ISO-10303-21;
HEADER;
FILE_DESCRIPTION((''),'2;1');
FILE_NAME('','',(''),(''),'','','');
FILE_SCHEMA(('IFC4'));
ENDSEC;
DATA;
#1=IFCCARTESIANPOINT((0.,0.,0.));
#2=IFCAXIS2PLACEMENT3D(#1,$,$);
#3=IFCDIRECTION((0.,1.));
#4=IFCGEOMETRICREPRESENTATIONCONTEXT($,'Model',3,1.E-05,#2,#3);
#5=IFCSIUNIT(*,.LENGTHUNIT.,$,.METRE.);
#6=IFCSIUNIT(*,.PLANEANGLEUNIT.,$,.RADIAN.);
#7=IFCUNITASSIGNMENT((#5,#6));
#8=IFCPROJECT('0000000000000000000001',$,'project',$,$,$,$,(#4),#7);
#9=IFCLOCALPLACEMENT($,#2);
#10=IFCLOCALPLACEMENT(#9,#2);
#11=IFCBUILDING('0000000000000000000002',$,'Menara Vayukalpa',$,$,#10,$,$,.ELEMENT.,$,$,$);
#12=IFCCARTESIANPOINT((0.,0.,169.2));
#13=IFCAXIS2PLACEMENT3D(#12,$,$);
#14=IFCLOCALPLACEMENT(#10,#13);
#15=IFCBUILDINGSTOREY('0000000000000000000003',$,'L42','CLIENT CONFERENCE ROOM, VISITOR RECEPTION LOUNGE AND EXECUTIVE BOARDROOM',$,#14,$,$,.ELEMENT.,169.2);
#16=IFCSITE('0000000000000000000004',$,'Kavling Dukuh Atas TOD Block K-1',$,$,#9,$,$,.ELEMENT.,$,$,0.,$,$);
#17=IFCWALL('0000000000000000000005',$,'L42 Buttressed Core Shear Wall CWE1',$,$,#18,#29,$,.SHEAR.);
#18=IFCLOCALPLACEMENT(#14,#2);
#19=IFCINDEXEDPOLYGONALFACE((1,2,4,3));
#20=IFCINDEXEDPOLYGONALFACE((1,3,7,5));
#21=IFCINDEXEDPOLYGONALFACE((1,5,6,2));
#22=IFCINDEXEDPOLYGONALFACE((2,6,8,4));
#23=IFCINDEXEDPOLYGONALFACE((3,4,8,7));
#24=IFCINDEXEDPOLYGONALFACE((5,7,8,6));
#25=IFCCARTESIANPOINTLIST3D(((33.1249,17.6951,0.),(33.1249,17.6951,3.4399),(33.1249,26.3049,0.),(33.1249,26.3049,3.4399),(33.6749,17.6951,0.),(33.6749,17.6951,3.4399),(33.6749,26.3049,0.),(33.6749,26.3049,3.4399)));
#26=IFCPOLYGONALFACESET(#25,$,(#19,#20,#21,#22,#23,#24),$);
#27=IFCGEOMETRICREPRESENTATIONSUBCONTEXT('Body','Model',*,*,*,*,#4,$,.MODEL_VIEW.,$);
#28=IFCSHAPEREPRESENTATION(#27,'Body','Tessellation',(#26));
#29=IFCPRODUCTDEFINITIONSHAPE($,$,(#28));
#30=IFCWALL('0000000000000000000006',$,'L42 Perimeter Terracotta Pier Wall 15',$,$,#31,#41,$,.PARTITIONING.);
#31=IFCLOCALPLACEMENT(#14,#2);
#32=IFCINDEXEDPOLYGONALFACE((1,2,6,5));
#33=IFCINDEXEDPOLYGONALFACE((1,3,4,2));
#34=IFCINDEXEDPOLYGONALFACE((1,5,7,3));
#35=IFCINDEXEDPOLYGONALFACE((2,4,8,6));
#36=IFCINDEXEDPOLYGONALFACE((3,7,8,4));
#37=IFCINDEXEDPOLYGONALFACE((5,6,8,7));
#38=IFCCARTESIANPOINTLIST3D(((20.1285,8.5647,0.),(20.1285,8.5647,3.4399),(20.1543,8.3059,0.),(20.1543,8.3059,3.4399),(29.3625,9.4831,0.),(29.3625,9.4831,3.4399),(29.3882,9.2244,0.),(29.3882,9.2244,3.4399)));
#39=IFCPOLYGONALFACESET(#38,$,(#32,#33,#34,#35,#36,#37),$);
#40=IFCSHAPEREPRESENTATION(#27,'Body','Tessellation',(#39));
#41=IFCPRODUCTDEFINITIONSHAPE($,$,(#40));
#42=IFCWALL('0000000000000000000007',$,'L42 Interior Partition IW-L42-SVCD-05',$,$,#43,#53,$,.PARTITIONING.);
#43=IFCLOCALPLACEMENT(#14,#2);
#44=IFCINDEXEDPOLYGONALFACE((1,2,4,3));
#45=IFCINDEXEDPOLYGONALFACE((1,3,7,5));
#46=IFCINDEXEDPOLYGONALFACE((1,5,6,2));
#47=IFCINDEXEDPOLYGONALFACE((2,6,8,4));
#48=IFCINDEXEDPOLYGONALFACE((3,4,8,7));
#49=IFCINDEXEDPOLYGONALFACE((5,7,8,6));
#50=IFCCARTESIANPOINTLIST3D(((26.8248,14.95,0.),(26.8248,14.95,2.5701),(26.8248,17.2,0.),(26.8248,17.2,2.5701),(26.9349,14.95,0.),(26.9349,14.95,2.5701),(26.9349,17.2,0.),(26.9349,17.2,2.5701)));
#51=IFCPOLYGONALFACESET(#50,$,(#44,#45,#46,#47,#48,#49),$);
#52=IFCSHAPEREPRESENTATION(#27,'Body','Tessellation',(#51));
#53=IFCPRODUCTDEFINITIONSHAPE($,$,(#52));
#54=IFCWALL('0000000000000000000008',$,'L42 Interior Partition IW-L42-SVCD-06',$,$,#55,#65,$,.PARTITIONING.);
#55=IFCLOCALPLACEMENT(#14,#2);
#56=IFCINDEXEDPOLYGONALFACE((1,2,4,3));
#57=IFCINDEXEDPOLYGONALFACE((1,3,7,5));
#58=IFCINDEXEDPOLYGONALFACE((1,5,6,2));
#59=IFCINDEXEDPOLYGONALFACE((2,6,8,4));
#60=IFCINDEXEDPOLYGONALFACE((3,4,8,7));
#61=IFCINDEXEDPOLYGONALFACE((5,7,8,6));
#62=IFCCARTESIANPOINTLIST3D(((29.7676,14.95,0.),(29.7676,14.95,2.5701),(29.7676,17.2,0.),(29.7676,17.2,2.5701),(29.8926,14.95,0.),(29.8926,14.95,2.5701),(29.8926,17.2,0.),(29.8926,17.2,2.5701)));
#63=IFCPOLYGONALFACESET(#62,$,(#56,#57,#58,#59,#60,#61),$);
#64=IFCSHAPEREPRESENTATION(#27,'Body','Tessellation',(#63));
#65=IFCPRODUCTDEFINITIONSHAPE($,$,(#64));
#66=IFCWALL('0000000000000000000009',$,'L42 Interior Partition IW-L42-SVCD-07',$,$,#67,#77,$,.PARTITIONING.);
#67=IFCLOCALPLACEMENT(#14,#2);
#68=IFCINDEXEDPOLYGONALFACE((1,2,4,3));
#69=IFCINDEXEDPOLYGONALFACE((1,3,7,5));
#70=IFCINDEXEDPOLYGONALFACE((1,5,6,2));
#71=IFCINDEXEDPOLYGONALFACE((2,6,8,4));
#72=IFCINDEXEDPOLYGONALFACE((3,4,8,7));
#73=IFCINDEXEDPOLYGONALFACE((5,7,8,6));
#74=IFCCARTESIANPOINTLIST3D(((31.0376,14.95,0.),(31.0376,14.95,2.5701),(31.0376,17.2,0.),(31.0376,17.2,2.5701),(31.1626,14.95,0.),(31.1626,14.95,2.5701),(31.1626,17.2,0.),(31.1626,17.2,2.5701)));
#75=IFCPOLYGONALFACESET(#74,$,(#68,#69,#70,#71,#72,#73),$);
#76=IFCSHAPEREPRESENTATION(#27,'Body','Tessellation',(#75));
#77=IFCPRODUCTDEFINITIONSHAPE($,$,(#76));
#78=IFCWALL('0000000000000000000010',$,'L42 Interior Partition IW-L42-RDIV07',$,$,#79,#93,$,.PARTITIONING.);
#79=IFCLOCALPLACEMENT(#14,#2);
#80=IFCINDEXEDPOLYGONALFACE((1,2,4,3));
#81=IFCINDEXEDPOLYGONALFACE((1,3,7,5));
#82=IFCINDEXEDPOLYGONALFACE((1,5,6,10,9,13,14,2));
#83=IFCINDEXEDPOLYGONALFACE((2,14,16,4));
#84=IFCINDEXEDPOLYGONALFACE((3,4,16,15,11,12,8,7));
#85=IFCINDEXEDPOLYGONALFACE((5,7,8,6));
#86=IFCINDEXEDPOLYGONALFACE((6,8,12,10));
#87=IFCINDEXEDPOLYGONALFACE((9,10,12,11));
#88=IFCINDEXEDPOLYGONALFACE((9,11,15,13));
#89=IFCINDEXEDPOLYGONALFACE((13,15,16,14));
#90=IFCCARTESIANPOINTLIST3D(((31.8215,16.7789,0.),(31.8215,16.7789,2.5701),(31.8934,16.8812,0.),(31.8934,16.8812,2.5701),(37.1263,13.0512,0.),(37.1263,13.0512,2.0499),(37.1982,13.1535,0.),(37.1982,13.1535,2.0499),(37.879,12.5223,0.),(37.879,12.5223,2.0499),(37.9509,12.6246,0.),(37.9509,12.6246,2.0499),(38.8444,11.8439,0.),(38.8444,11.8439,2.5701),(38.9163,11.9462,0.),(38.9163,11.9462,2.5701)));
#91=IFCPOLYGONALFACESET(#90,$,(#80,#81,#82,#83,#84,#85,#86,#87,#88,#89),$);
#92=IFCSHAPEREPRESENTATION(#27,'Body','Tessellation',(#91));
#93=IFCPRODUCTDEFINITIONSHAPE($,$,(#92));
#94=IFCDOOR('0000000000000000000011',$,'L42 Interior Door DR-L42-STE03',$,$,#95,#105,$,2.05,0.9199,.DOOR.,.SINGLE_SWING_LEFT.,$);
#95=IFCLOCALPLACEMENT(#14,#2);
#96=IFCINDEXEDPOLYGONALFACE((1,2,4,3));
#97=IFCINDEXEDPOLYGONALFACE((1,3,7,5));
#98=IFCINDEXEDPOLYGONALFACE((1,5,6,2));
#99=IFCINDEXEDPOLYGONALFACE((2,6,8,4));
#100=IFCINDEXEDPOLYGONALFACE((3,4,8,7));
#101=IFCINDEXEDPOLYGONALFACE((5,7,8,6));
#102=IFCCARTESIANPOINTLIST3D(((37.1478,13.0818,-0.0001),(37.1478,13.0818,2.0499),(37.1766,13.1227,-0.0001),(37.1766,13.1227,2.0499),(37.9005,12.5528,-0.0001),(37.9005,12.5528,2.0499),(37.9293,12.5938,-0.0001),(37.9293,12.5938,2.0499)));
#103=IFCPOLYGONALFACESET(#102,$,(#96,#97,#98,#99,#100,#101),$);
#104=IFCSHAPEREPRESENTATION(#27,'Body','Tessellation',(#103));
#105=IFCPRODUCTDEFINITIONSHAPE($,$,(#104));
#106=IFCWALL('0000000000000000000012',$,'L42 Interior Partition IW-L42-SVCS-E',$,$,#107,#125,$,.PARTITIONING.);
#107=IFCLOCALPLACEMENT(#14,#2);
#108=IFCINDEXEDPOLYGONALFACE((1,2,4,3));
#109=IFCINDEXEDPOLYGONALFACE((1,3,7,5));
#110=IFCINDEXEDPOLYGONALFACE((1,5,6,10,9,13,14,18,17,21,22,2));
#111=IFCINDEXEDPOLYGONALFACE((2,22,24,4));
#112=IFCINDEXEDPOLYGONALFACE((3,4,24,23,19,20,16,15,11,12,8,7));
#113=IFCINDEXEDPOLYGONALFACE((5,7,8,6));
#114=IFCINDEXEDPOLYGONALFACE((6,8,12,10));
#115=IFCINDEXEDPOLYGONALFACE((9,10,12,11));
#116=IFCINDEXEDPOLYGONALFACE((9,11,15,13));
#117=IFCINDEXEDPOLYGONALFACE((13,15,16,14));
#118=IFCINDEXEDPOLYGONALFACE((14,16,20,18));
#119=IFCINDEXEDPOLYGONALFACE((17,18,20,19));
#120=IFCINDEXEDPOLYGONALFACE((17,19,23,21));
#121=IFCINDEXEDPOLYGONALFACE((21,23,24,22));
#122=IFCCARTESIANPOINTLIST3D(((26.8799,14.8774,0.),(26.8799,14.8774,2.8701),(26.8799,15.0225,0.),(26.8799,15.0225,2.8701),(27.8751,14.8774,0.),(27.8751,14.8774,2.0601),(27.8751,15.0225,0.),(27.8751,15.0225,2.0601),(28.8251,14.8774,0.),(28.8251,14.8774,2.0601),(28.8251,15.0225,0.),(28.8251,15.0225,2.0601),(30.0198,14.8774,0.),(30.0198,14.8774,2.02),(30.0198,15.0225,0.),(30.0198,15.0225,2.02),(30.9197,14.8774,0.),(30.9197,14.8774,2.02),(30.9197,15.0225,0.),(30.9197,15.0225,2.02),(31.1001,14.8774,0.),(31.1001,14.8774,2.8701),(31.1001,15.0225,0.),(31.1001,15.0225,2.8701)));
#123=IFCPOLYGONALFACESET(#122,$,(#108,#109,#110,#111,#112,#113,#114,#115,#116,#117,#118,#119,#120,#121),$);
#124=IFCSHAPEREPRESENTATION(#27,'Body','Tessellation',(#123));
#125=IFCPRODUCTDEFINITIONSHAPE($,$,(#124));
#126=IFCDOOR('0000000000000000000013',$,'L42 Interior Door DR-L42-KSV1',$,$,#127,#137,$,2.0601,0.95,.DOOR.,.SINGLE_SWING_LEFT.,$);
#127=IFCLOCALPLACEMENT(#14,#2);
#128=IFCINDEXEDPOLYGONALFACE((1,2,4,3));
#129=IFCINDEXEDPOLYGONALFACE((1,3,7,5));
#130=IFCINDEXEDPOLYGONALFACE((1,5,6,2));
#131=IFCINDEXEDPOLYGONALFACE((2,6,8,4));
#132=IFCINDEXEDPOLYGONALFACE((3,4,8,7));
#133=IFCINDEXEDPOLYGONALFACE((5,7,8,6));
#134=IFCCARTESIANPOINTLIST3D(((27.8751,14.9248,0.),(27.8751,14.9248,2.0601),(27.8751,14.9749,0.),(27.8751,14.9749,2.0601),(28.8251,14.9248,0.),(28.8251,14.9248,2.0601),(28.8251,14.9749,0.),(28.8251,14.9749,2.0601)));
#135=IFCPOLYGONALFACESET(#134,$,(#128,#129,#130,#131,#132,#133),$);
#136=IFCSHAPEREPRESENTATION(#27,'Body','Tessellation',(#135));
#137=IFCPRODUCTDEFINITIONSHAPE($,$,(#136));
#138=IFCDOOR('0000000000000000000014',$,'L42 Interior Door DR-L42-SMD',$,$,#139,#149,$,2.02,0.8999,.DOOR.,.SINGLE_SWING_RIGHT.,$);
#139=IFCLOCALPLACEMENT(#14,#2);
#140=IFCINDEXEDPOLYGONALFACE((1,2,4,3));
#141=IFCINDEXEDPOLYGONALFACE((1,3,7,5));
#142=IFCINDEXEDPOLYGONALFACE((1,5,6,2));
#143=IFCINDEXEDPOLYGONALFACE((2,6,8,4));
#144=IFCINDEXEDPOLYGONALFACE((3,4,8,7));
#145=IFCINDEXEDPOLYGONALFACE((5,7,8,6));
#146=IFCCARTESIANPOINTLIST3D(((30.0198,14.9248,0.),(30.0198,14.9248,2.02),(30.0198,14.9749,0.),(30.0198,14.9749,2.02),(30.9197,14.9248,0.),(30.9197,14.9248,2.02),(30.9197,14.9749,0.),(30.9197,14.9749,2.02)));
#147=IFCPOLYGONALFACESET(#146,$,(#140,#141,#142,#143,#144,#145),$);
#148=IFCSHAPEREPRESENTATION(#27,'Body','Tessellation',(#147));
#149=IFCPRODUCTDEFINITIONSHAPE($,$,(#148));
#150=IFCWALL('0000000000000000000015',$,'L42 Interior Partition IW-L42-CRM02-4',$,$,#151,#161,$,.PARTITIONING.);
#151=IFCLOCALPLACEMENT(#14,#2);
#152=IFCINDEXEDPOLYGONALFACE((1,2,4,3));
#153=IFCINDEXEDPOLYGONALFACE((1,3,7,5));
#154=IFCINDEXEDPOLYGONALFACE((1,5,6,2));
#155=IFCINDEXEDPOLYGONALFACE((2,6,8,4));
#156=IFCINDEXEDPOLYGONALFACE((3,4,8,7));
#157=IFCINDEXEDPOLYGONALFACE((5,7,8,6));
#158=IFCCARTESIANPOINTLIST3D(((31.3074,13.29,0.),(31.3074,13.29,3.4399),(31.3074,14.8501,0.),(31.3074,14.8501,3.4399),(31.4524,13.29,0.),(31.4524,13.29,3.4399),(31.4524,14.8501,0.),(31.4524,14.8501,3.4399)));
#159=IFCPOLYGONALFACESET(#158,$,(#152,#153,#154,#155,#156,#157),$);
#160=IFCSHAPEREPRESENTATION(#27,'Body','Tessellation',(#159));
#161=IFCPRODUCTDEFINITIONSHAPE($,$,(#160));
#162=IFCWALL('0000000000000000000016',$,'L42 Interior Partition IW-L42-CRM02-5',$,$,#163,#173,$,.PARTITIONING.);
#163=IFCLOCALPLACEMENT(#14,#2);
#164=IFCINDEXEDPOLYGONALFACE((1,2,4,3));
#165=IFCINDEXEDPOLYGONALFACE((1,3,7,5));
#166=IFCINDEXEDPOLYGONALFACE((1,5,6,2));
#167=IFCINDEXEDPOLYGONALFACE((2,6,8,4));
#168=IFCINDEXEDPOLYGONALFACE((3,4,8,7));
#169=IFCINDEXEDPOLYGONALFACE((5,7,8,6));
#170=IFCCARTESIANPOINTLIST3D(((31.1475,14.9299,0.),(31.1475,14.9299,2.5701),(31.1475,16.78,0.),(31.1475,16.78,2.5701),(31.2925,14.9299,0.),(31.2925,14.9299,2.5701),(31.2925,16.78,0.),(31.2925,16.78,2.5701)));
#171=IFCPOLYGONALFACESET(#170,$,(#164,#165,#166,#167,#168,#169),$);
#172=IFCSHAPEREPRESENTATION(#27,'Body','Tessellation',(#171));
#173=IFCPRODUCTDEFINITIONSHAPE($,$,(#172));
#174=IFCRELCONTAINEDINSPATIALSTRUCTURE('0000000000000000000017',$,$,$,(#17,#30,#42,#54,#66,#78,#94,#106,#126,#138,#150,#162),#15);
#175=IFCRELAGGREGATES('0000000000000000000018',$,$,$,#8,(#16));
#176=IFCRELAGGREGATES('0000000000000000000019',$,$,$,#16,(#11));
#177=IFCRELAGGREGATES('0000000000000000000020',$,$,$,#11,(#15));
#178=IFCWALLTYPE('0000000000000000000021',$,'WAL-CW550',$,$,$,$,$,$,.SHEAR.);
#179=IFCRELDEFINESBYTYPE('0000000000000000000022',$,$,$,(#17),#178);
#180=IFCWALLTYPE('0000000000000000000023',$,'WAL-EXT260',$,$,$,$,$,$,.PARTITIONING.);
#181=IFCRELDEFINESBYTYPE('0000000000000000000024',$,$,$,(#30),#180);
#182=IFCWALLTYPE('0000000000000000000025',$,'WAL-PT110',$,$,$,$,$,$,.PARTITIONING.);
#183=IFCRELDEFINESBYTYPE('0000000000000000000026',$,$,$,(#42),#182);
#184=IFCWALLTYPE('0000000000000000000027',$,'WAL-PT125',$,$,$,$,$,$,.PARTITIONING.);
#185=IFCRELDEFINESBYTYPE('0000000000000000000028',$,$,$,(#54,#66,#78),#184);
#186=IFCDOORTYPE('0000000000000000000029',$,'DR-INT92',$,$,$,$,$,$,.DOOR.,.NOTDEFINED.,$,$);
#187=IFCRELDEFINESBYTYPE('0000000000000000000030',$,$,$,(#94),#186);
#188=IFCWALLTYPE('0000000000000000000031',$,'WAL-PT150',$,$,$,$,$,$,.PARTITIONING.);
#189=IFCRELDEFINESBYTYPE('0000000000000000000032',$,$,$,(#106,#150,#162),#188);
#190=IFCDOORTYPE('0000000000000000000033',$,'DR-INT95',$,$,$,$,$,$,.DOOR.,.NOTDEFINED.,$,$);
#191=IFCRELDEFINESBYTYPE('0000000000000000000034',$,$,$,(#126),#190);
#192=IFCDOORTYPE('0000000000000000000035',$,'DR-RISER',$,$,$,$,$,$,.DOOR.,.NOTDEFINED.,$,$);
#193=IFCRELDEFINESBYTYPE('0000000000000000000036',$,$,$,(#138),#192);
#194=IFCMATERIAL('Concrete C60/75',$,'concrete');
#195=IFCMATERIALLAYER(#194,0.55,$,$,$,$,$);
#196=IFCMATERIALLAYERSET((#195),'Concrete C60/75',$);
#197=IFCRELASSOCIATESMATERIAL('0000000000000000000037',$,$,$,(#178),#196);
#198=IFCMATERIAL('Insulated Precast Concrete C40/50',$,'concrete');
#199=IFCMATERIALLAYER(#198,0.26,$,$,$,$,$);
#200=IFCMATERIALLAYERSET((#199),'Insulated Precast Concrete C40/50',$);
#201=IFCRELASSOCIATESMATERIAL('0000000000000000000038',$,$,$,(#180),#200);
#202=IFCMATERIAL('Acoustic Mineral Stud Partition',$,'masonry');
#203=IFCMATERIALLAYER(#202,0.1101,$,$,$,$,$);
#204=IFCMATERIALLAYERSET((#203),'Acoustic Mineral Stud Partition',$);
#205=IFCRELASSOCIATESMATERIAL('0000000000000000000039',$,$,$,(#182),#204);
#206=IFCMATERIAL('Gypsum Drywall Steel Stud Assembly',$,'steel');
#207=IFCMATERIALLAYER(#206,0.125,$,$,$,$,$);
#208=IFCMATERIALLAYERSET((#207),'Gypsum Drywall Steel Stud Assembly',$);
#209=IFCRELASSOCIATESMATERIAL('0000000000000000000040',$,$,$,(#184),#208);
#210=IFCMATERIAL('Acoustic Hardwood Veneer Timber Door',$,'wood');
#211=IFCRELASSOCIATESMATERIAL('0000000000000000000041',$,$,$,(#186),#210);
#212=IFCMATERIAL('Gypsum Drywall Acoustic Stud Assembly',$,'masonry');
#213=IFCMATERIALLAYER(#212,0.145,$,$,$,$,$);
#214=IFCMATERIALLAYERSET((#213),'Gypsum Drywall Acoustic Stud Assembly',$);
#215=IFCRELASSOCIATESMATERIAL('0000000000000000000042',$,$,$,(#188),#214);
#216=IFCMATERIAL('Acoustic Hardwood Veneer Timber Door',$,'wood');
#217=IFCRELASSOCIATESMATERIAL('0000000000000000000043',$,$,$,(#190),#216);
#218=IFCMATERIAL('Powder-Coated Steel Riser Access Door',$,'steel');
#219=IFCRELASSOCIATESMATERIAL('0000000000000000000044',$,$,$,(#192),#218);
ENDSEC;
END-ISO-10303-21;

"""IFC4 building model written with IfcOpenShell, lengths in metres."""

from ifc_helpers import new_model, si_unit, direction, frame, frame_2d, origin, place, context, subcontext, project, spatial, rectangle, extrude, material, layer, layer_set, type_object, element, fill, save


model = new_model("IFC4")

# Units and contexts
model_context = context("Model", 3, precision=1e-05, world=origin(), true_north=direction((0.0, 1.0)))
body_context = subcontext(model_context, "Body", "Model", "MODEL_VIEW")
ifc_project = project(units=[si_unit("LENGTHUNIT", "METRE"), si_unit("PLANEANGLEUNIT", "RADIAN")], contexts=[model_context])

# Site, building, storey
site_placement = place(None, origin())
site = spatial("IfcSite", under=ifc_project, at=site_placement, Name="Kavling Dukuh Atas TOD Block K-1", CompositionType="ELEMENT", RefElevation=0.0)
building_placement = place(site_placement, origin())
building = spatial("IfcBuilding", under=site, at=building_placement, Name="Menara Vayukalpa", CompositionType="ELEMENT")
storey_placement = place(building_placement, frame((0.0, 0.0, 169.2)))
storey = spatial("IfcBuildingStorey", under=building, at=storey_placement, Name="L42", Description="CLIENT CONFERENCE ROOM, VISITOR RECEPTION LOUNGE AND EXECUTIVE BOARDROOM", CompositionType="ELEMENT", Elevation=169.2)

# Walls
ifc_material_1 = material(Name="Concrete C60/75", Category="concrete")
ifc_layer_1 = layer(ifc_material_1, 0.55)
ifc_layer_set_1 = layer_set([ifc_layer_1], Name="Concrete C60/75")
wall_type_1 = type_object("IfcWallType", Name="WAL-CW550", PredefinedType="SHEAR", material=ifc_layer_set_1)
wall_1_placement = place(storey_placement, frame((33.3999, 17.6951, 0.0), z_axis=(0.0, 0.0, 1.0), x_axis=(0.0, 1.0, 0.0)))
element("IfcWall", 1, at=wall_1_placement, inside=storey, type_object=wall_type_1, Name="L42 Buttressed Core Shear Wall CWE1", PredefinedType="SHEAR", context=body_context, shape_type="SweptSolid", body=[
    extrude(rectangle(XDim=8.6099, YDim=0.55, at=frame_2d((4.3049, 0.0))), origin(), (0.0, 0.0, 1.0), 3.4399),
])
ifc_material_2 = material(Name="Insulated Precast Concrete C40/50", Category="concrete")
ifc_layer_2 = layer(ifc_material_2, 0.26)
ifc_layer_set_2 = layer_set([ifc_layer_2], Name="Insulated Precast Concrete C40/50")
wall_type_2 = type_object("IfcWallType", Name="WAL-EXT260", PredefinedType="PARTITIONING", material=ifc_layer_set_2)
wall_2_placement = place(storey_placement, frame((29.3752, 9.3538, 0.0), z_axis=(0.0, 0.0, 1.0), x_axis=(-0.99509, -0.098978, 0.0)))
element("IfcWall", 2, at=wall_2_placement, inside=storey, type_object=wall_type_2, Name="L42 Perimeter Terracotta Pier Wall 15", PredefinedType="PARTITIONING", context=body_context, shape_type="SweptSolid", body=[
    extrude(rectangle(XDim=9.2795, YDim=0.26, at=frame_2d((4.6396, 0.0))), origin(), (0.0, 0.0, 1.0), 3.4399),
])
ifc_material_3 = material(Name="Acoustic Mineral Stud Partition", Category="masonry")
ifc_layer_3 = layer(ifc_material_3, 0.1101)
ifc_layer_set_3 = layer_set([ifc_layer_3], Name="Acoustic Mineral Stud Partition")
wall_type_3 = type_object("IfcWallType", Name="WAL-PT110", PredefinedType="PARTITIONING", material=ifc_layer_set_3)
wall_3_placement = place(storey_placement, frame((26.8799, 14.95, 0.0), z_axis=(0.0, 0.0, 1.0), x_axis=(0.0, 1.0, 0.0)))
element("IfcWall", 3, at=wall_3_placement, inside=storey, type_object=wall_type_3, Name="L42 Interior Partition IW-L42-SVCD-05", PredefinedType="PARTITIONING", context=body_context, shape_type="SweptSolid", body=[
    extrude(rectangle(XDim=2.25, YDim=0.1101, at=frame_2d((1.125, 0.0))), origin(), (0.0, 0.0, 1.0), 2.5701),
])
ifc_material_4 = material(Name="Gypsum Drywall Steel Stud Assembly", Category="steel")
ifc_layer_4 = layer(ifc_material_4, 0.125)
ifc_layer_set_4 = layer_set([ifc_layer_4], Name="Gypsum Drywall Steel Stud Assembly")
wall_type_4 = type_object("IfcWallType", Name="WAL-PT125", PredefinedType="PARTITIONING", material=ifc_layer_set_4)
for number, where, z_axis, x_axis, name in (
    (4, (29.8301, 14.95, 0.0), (0.0, 0.0, 1.0), (0.0, 1.0, 0.0), "L42 Interior Partition IW-L42-SVCD-06"),
    (5, (31.1001, 14.95, 0.0), (0.0, 0.0, 1.0), (0.0, 1.0, 0.0), "L42 Interior Partition IW-L42-SVCD-07"),
):
    element("IfcWall", number, at=place(storey_placement, frame(where, z_axis=z_axis, x_axis=x_axis)), inside=storey, type_object=wall_type_4, Name=name, PredefinedType="PARTITIONING", context=body_context, shape_type="SweptSolid", body=[
        extrude(rectangle(XDim=2.25, YDim=0.125, at=frame_2d((1.125, 0.0))), origin(), (0.0, 0.0, 1.0), 2.5701),
    ])

# Wall, opening, door
wall_4_placement = place(storey_placement, frame((31.8574, 16.8301, 0.0), z_axis=(0.0, 0.0, 1.0), x_axis=(0.818191, -0.574947, 0.0)))
wall_4 = element("IfcWall", 6, at=wall_4_placement, inside=storey, type_object=wall_type_4, Name="L42 Interior Partition IW-L42-RDIV07", PredefinedType="PARTITIONING", context=body_context, shape_type="SweptSolid", body=[
    extrude(rectangle(XDim=8.5835, YDim=0.125, at=frame_2d((4.2917, 0.0))), origin(), (0.0, 0.0, 1.0), 2.5701),
])
opening_1_placement = place(wall_4_placement, frame((6.4836, 0.0, 0.0)))
opening_1 = element("IfcOpeningElement", 7, at=opening_1_placement, cuts=wall_4, PredefinedType="OPENING", context=body_context, shape_type="SweptSolid", body=[
    extrude(rectangle(XDim=0.9199, YDim=2.05, at=frame_2d((0.46, 1.0249))), frame((0.0, 0.0725, 0.0), z_axis=(0.0, -1.0, 0.0), x_axis=(1.0, 0.0, 0.0)), (0.0, 0.0, 1.0), 0.145),
])
ifc_material_5 = material(Name="Acoustic Hardwood Veneer Timber Door", Category="wood")
door_type_1 = type_object("IfcDoorType", Name="DR-INT92", OperationType="NOTDEFINED", PredefinedType="DOOR", material=ifc_material_5)
door_1_placement = place(opening_1_placement, origin())
door_1 = element("IfcDoor", 8, at=door_1_placement, inside=storey, type_object=door_type_1, Name="L42 Interior Door DR-L42-STE03", OperationType="SINGLE_SWING_LEFT", OverallHeight=2.05, OverallWidth=0.9199, PredefinedType="DOOR", context=body_context, shape_type="SweptSolid", body=[
    extrude(rectangle(XDim=0.9199, YDim=2.05, at=frame_2d((0.46, 1.0249))), frame((0.0, 0.0249, 0.0), z_axis=(0.0, -1.0, 0.0), x_axis=(1.0, 0.0, 0.0)), (0.0, 0.0, 1.0), 0.05),
])
fill(opening_1, door_1)

# Wall, openings, doors
ifc_material_6 = material(Name="Gypsum Drywall Acoustic Stud Assembly", Category="masonry")
ifc_layer_5 = layer(ifc_material_6, 0.145)
ifc_layer_set_5 = layer_set([ifc_layer_5], Name="Gypsum Drywall Acoustic Stud Assembly")
wall_type_5 = type_object("IfcWallType", Name="WAL-PT150", PredefinedType="PARTITIONING", material=ifc_layer_set_5)
wall_5_placement = place(storey_placement, frame((26.8799, 14.95, 0.0), z_axis=(0.0, 0.0, 1.0), x_axis=(1.0, 0.0, 0.0)))
wall_5 = element("IfcWall", 9, at=wall_5_placement, inside=storey, type_object=wall_type_5, Name="L42 Interior Partition IW-L42-SVCS-E", PredefinedType="PARTITIONING", context=body_context, shape_type="SweptSolid", body=[
    extrude(rectangle(XDim=4.2202, YDim=0.145, at=frame_2d((2.1101, 0.0))), origin(), (0.0, 0.0, 1.0), 2.8701),
])
opening_2_placement = place(wall_5_placement, frame((0.9951, 0.0, 0.0)))
opening_2 = element("IfcOpeningElement", 10, at=opening_2_placement, cuts=wall_5, PredefinedType="OPENING", context=body_context, shape_type="SweptSolid", body=[
    extrude(rectangle(XDim=0.95, YDim=2.0601, at=frame_2d((0.4751, 1.03))), frame((0.0, 0.0825, 0.0), z_axis=(0.0, -1.0, 0.0), x_axis=(1.0, 0.0, 0.0)), (0.0, 0.0, 1.0), 0.165),
])
opening_3_placement = place(wall_5_placement, frame((3.1399, 0.0, 0.0)))
opening_3 = element("IfcOpeningElement", 11, at=opening_3_placement, cuts=wall_5, PredefinedType="OPENING", context=body_context, shape_type="SweptSolid", body=[
    extrude(rectangle(XDim=0.8999, YDim=2.02, at=frame_2d((0.45, 1.01))), frame((0.0, 0.0825, 0.0), z_axis=(0.0, -1.0, 0.0), x_axis=(1.0, 0.0, 0.0)), (0.0, 0.0, 1.0), 0.165),
])
ifc_material_7 = material(Name="Acoustic Hardwood Veneer Timber Door", Category="wood")
door_type_2 = type_object("IfcDoorType", Name="DR-INT95", OperationType="NOTDEFINED", PredefinedType="DOOR", material=ifc_material_7)
door_2_placement = place(opening_2_placement, origin())
door_2 = element("IfcDoor", 12, at=door_2_placement, inside=storey, type_object=door_type_2, Name="L42 Interior Door DR-L42-KSV1", OperationType="SINGLE_SWING_LEFT", OverallHeight=2.0601, OverallWidth=0.95, PredefinedType="DOOR", context=body_context, shape_type="SweptSolid", body=[
    extrude(rectangle(XDim=0.95, YDim=2.0601, at=frame_2d((0.4751, 1.03))), frame((0.0, 0.0249, 0.0), z_axis=(0.0, -1.0, 0.0), x_axis=(1.0, 0.0, 0.0)), (0.0, 0.0, 1.0), 0.05),
])
fill(opening_2, door_2)
ifc_material_8 = material(Name="Powder-Coated Steel Riser Access Door", Category="steel")
door_type_3 = type_object("IfcDoorType", Name="DR-RISER", OperationType="NOTDEFINED", PredefinedType="DOOR", material=ifc_material_8)
door_3_placement = place(opening_3_placement, origin())
door_3 = element("IfcDoor", 13, at=door_3_placement, inside=storey, type_object=door_type_3, Name="L42 Interior Door DR-L42-SMD", OperationType="SINGLE_SWING_RIGHT", OverallHeight=2.02, OverallWidth=0.8999, PredefinedType="DOOR", context=body_context, shape_type="SweptSolid", body=[
    extrude(rectangle(XDim=0.8999, YDim=2.02, at=frame_2d((0.45, 1.01))), frame((0.0, 0.0249, 0.0), z_axis=(0.0, -1.0, 0.0), x_axis=(1.0, 0.0, 0.0)), (0.0, 0.0, 1.0), 0.05),
])
fill(opening_3, door_3)

# Walls
wall_6_placement = place(storey_placement, frame((31.3799, 13.29, 0.0), z_axis=(0.0, 0.0, 1.0), x_axis=(0.0, 1.0, 0.0)))
element("IfcWall", 14, at=wall_6_placement, inside=storey, type_object=wall_type_5, Name="L42 Interior Partition IW-L42-CRM02-4", PredefinedType="PARTITIONING", context=body_context, shape_type="SweptSolid", body=[
    extrude(rectangle(XDim=1.5601, YDim=0.145, at=frame_2d((0.78, 0.0))), origin(), (0.0, 0.0, 1.0), 3.4399),
])
wall_7_placement = place(storey_placement, frame((31.22, 14.9299, 0.0), z_axis=(0.0, 0.0, 1.0), x_axis=(0.0, 1.0, 0.0)))
element("IfcWall", 15, at=wall_7_placement, inside=storey, type_object=wall_type_5, Name="L42 Interior Partition IW-L42-CRM02-5", PredefinedType="PARTITIONING", context=body_context, shape_type="SweptSolid", body=[
    extrude(rectangle(XDim=1.8501, YDim=0.145, at=frame_2d((0.925, 0.0))), origin(), (0.0, 0.0, 1.0), 2.5701),
])

save(model, "model.ifc")
